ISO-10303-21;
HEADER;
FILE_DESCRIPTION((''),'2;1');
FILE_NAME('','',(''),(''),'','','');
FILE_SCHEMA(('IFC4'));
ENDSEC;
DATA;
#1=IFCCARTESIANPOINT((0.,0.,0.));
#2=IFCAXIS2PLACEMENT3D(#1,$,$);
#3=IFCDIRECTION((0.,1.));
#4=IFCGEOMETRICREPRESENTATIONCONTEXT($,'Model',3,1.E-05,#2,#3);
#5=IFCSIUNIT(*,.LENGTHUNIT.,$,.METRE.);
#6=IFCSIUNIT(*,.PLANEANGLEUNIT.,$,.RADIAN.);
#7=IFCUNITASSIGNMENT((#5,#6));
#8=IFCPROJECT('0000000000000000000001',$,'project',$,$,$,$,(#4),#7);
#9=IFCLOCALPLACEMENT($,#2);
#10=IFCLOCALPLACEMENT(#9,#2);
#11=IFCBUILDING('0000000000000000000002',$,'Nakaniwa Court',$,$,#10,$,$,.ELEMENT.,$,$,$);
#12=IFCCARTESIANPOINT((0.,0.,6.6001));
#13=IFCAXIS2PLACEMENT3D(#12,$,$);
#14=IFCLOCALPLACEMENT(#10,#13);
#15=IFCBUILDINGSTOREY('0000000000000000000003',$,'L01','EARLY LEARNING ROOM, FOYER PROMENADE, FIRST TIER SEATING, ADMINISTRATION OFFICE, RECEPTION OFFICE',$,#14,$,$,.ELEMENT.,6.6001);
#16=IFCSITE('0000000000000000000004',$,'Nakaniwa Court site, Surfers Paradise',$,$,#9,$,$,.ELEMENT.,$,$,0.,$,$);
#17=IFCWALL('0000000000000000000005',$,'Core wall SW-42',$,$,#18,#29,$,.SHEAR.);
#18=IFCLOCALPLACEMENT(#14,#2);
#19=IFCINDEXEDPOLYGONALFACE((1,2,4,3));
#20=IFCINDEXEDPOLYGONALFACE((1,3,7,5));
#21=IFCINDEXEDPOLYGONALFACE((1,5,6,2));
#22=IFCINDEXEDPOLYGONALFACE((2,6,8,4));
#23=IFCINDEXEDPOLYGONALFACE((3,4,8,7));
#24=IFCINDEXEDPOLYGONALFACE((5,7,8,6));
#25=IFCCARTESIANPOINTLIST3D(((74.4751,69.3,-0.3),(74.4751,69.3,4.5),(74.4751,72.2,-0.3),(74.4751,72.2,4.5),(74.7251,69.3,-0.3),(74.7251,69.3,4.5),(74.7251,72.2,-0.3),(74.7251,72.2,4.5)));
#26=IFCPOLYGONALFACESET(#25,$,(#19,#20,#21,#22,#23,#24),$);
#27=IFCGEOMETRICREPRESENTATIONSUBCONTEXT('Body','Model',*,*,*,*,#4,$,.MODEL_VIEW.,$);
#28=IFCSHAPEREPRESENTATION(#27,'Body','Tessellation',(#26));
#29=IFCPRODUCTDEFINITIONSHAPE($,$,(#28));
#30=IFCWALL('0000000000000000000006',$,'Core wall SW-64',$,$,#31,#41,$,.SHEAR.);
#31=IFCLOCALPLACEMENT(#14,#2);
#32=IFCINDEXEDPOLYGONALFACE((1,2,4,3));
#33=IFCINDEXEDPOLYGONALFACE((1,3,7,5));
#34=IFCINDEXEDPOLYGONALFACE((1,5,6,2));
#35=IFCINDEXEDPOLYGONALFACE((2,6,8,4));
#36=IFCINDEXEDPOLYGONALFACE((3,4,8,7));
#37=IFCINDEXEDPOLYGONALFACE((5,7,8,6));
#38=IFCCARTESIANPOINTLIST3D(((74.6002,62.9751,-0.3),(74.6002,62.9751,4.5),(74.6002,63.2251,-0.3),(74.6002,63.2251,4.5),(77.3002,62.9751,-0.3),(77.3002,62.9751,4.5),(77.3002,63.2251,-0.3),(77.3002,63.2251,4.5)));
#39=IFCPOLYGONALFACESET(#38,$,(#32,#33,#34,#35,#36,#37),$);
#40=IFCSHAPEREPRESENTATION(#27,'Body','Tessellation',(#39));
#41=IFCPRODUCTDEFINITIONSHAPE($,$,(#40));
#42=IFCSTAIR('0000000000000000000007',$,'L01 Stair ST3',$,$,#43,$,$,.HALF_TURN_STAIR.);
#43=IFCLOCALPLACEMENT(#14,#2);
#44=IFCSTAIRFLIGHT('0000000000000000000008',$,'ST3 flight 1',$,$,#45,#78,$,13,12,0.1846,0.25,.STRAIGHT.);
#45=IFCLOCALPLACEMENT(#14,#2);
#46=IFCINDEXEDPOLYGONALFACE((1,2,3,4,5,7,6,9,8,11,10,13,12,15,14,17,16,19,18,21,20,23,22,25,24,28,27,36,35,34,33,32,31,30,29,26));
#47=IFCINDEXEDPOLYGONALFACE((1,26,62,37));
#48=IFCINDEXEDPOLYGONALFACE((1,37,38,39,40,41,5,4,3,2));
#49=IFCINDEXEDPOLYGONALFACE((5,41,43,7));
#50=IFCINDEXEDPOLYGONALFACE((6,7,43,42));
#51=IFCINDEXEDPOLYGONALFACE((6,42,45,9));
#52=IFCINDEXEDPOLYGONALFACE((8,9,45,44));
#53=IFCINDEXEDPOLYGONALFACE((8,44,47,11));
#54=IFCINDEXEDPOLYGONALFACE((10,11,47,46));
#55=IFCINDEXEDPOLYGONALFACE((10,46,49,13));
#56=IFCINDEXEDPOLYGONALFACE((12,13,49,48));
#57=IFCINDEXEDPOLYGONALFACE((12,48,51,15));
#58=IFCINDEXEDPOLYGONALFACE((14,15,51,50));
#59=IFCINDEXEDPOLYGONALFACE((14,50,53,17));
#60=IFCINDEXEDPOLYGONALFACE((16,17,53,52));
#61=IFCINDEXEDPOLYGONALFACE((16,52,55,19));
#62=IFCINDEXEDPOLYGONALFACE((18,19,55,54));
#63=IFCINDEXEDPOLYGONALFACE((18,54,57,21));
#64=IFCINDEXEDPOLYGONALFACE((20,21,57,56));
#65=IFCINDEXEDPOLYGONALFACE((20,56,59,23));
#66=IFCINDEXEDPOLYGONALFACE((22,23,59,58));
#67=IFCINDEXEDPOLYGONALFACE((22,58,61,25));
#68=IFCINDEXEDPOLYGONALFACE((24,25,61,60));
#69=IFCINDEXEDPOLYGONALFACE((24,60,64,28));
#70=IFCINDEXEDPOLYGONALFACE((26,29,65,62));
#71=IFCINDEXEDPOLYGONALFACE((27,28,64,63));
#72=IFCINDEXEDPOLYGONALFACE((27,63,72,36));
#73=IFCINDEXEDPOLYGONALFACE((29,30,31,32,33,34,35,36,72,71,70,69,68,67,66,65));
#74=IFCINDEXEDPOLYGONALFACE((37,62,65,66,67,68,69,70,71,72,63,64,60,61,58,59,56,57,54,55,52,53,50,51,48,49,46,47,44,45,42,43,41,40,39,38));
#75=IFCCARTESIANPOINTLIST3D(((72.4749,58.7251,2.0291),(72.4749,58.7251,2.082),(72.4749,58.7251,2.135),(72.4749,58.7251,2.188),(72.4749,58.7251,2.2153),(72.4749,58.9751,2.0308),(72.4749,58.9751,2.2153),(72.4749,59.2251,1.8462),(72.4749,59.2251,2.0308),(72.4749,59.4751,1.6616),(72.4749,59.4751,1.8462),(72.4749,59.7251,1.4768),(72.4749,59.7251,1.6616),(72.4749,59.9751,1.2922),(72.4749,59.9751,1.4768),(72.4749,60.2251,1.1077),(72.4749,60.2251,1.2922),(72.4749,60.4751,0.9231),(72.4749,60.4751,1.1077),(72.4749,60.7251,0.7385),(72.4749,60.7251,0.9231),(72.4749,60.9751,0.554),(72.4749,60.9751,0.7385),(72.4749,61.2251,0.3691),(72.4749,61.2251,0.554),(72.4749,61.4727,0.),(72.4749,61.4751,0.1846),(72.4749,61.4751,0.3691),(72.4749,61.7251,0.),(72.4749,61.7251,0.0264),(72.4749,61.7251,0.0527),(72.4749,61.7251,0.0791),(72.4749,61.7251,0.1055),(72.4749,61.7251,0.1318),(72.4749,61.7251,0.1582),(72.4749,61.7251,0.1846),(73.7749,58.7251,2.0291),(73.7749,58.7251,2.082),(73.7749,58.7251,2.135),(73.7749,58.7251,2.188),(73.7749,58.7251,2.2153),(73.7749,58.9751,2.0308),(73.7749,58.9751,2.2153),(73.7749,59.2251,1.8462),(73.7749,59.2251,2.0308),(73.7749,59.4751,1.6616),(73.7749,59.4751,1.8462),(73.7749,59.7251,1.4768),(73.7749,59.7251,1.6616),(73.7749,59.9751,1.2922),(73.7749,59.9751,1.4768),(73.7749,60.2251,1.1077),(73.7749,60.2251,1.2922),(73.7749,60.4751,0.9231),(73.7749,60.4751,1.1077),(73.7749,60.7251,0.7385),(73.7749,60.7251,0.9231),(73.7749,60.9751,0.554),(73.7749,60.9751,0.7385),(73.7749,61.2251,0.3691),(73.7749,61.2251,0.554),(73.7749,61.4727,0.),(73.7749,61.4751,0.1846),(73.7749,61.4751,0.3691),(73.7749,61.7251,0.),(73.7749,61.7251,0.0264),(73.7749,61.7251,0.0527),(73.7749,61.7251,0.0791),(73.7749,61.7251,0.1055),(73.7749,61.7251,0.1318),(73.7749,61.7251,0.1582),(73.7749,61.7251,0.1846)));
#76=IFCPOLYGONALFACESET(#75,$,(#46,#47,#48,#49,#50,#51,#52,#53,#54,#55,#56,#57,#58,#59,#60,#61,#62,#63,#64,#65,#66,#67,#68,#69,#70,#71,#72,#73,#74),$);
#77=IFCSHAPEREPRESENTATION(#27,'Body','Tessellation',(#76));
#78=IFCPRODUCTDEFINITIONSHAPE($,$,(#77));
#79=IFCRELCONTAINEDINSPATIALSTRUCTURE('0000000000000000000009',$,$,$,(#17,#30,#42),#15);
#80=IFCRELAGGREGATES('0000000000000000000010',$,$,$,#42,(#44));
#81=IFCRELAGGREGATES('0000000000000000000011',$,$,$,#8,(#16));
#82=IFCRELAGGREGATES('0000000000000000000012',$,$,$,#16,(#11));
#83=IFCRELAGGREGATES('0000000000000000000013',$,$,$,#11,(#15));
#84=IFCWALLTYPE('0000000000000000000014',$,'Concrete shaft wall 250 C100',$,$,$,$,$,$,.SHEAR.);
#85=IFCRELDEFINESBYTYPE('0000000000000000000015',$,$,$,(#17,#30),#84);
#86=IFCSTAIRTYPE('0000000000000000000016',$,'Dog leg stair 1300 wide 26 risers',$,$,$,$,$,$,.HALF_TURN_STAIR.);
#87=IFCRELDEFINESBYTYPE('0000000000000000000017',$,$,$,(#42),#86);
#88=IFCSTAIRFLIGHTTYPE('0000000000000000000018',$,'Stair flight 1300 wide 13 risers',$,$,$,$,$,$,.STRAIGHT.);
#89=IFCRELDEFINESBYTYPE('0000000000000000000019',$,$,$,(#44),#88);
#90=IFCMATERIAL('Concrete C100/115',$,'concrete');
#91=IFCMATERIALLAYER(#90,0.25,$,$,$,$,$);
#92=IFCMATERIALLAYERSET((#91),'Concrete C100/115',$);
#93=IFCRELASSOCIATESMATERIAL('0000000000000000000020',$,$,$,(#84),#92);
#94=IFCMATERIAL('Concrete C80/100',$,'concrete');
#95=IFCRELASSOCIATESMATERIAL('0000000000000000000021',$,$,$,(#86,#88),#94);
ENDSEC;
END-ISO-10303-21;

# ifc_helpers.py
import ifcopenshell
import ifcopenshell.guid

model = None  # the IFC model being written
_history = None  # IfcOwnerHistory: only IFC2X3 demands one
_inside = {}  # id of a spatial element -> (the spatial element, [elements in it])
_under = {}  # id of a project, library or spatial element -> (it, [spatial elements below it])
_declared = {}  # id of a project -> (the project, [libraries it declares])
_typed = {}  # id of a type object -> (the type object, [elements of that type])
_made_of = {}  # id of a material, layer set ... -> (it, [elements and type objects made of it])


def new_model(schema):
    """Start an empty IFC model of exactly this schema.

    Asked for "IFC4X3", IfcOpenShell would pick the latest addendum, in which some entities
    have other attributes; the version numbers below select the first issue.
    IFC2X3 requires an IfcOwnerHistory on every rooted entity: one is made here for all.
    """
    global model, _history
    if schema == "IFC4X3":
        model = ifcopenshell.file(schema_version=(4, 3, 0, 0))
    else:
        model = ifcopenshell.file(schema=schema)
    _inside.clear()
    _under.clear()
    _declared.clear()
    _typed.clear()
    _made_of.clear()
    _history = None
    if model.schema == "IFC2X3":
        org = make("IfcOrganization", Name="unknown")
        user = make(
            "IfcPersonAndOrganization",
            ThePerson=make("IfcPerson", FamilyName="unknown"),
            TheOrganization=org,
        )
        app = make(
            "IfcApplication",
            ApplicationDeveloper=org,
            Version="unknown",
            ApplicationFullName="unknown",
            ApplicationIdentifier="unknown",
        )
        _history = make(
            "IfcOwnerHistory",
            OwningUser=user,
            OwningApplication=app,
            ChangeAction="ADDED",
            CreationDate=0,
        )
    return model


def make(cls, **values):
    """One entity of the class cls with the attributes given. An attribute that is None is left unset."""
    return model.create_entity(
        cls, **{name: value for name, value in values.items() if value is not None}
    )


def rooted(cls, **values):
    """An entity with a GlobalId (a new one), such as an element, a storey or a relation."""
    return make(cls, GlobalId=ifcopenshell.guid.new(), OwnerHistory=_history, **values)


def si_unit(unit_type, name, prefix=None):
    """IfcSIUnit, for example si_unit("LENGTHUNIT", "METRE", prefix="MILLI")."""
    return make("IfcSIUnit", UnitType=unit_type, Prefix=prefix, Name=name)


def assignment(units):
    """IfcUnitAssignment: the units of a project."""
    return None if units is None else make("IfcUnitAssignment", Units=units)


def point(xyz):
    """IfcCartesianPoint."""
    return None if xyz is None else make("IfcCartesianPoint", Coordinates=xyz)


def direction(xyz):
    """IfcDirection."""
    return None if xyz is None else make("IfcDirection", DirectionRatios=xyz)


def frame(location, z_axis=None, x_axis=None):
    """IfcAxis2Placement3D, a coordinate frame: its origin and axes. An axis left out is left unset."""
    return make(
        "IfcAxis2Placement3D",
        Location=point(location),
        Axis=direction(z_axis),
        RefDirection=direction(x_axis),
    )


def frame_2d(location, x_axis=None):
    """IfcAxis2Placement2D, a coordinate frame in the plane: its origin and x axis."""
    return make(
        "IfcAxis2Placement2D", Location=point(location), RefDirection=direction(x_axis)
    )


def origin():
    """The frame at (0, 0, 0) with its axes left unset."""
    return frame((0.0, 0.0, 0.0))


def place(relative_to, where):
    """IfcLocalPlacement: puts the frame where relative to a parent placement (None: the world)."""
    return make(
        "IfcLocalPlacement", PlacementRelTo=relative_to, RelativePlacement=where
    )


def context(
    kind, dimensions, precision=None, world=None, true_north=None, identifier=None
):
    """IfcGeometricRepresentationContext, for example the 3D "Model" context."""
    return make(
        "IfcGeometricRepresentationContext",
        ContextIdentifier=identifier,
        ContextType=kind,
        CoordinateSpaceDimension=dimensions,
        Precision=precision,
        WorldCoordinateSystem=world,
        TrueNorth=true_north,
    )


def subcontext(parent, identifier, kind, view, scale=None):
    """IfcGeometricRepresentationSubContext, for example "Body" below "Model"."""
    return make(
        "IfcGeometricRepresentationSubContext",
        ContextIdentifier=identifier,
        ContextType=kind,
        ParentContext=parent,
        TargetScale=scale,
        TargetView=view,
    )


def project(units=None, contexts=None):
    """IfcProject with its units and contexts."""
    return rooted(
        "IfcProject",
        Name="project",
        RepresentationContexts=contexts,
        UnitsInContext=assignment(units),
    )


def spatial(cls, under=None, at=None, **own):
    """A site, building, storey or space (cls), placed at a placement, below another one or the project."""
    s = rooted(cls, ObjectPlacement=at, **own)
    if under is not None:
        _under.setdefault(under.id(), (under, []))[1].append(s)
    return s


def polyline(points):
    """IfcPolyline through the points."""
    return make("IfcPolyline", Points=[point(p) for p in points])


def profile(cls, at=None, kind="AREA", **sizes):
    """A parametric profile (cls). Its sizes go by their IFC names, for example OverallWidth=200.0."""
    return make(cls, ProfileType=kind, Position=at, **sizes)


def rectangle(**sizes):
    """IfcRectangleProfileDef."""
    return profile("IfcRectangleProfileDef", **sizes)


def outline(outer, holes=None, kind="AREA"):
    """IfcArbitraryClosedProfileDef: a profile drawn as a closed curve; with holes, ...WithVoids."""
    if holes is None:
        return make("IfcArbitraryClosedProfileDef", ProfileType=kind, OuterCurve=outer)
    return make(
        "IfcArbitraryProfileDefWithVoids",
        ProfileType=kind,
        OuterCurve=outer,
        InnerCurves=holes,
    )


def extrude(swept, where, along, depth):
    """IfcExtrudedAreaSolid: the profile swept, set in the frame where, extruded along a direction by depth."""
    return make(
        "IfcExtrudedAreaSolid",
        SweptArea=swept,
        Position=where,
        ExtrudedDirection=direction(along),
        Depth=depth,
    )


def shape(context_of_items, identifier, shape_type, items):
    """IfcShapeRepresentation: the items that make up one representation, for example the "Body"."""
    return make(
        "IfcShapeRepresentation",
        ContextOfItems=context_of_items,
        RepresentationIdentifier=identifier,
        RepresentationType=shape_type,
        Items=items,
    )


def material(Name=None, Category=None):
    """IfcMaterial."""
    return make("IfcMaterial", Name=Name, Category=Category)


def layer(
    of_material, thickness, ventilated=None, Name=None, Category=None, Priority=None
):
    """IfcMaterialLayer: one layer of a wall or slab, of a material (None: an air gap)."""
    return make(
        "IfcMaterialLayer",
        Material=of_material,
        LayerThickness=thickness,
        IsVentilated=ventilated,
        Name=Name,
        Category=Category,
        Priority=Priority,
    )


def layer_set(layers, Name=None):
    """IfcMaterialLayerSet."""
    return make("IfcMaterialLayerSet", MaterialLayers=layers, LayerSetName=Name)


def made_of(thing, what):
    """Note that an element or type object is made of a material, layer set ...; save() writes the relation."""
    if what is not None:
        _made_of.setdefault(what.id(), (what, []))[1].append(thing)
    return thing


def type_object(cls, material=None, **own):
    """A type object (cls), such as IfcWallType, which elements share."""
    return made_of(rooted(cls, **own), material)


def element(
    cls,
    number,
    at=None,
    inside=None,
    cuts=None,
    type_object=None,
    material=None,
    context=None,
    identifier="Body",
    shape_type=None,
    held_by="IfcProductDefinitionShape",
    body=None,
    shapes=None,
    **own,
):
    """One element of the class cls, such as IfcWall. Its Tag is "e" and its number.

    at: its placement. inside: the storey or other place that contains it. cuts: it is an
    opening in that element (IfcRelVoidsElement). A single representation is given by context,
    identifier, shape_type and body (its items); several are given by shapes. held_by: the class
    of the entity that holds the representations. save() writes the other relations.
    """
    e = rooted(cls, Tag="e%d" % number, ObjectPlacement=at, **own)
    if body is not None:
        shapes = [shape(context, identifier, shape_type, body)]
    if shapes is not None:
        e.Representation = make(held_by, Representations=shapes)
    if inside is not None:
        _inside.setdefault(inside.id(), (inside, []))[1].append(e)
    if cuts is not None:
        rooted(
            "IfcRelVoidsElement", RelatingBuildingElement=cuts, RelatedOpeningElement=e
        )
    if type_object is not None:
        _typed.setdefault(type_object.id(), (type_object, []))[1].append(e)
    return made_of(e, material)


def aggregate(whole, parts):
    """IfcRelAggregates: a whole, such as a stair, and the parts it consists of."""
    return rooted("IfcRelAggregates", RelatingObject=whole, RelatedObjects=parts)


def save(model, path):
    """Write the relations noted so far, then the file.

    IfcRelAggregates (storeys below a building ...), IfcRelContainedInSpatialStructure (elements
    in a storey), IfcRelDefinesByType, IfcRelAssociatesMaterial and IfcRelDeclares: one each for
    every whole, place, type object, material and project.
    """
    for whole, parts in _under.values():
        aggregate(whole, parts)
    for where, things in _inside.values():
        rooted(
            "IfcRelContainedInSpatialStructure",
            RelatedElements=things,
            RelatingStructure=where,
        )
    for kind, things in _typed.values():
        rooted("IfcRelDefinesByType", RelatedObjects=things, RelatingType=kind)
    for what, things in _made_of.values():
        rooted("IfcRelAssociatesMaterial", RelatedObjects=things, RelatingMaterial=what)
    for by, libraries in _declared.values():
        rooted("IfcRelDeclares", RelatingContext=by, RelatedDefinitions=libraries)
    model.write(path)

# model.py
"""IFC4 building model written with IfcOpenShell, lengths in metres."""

from ifc_helpers import new_model, si_unit, direction, frame, frame_2d, origin, place, context, subcontext, project, spatial, polyline, rectangle, outline, extrude, material, layer, layer_set, type_object, element, aggregate, save


model = new_model("IFC4")

# Units and contexts
model_context = context("Model", 3, precision=1e-05, world=origin(), true_north=direction((0.0, 1.0)))
body_context = subcontext(model_context, "Body", "Model", "MODEL_VIEW")
ifc_project = project(units=[si_unit("LENGTHUNIT", "METRE"), si_unit("PLANEANGLEUNIT", "RADIAN")], contexts=[model_context])

# Site, building, storey
site_placement = place(None, origin())
site = spatial("IfcSite", under=ifc_project, at=site_placement, Name="Nakaniwa Court site, Surfers Paradise", CompositionType="ELEMENT", RefElevation=0.0)
building_placement = place(site_placement, origin())
building = spatial("IfcBuilding", under=site, at=building_placement, Name="Nakaniwa Court", CompositionType="ELEMENT")
storey_placement = place(building_placement, frame((0.0, 0.0, 6.6001)))
storey = spatial("IfcBuildingStorey", under=building, at=storey_placement, Name="L01", Description="EARLY LEARNING ROOM, FOYER PROMENADE, FIRST TIER SEATING, ADMINISTRATION OFFICE, RECEPTION OFFICE", CompositionType="ELEMENT", Elevation=6.6001)

# Shared definitions
ifc_material_1 = material(Name="Concrete C100/115", Category="concrete")

# Walls
ifc_layer_1 = layer(ifc_material_1, 0.25)
ifc_layer_set_1 = layer_set([ifc_layer_1], Name="Concrete C100/115")
wall_type_1 = type_object("IfcWallType", Name="Concrete shaft wall 250 C100", PredefinedType="SHEAR", material=ifc_layer_set_1)
wall_1_placement = place(storey_placement, frame((74.6001, 69.3, -0.3), z_axis=(0.0, 0.0, 1.0), x_axis=(0.0, 1.0, 0.0)))
element("IfcWall", 1, at=wall_1_placement, inside=storey, type_object=wall_type_1, Name="Core wall SW-42", PredefinedType="SHEAR", context=body_context, shape_type="SweptSolid", body=[
    extrude(rectangle(XDim=2.8999, YDim=0.25, at=frame_2d((1.45, 0.0))), origin(), (0.0, 0.0, 1.0), 4.8),
])
wall_2_placement = place(storey_placement, frame((74.6001, 63.1001, -0.3), z_axis=(0.0, 0.0, 1.0), x_axis=(1.0, 0.0, 0.0)))
element("IfcWall", 2, at=wall_2_placement, inside=storey, type_object=wall_type_1, Name="Core wall SW-64", PredefinedType="SHEAR", context=body_context, shape_type="SweptSolid", body=[
    extrude(rectangle(XDim=2.7, YDim=0.25, at=frame_2d((1.3501, 0.0))), origin(), (0.0, 0.0, 1.0), 4.8),
])

# Stair, stair flight
ifc_material_2 = material(Name="Concrete C80/100", Category="concrete")
stair_type = type_object("IfcStairType", Name="Dog leg stair 1300 wide 26 risers", PredefinedType="HALF_TURN_STAIR", material=ifc_material_2)
stair_placement = place(storey_placement, origin())
stair = element("IfcStair", 3, at=stair_placement, inside=storey, type_object=stair_type, Name="L01 Stair ST3", PredefinedType="HALF_TURN_STAIR")
stair_flight_type = type_object("IfcStairFlightType", Name="Stair flight 1300 wide 13 risers", PredefinedType="STRAIGHT", material=ifc_material_2)
stair_flight_placement = place(storey_placement, frame((73.125, 61.7251, 0.0), z_axis=(0.0, 0.0, 1.0), x_axis=(0.0, -1.0, 0.0)))
stair_flight = element("IfcStairFlight", 4, at=stair_flight_placement, type_object=stair_flight_type, Name="ST3 flight 1", NumberOfRisers=13, NumberOfTreads=12, PredefinedType="STRAIGHT", RiserHeight=0.1846, TreadLength=0.25, context=body_context, shape_type="SweptSolid", body=[
    extrude(outline(polyline([(0.0, 0.0), (0.0, 0.0264), (0.0, 0.0527), (0.0, 0.0791), (0.0, 0.1055), (0.0, 0.1318), (0.0, 0.1582), (0.0, 0.1846), (0.25, 0.1846), (0.25, 0.3691), (0.5, 0.3691), (0.5, 0.554), (0.75, 0.554), (0.75, 0.7385), (1.0, 0.7385), (1.0, 0.9231), (1.25, 0.9231), (1.25, 1.1077), (1.5, 1.1077), (1.5, 1.2922), (1.75, 1.2922), (1.75, 1.4768), (2.0, 1.4768), (2.0, 1.6616), (2.25, 1.6616), (2.25, 1.8462), (2.5, 1.8462), (2.5, 2.0308), (2.75, 2.0308), (2.75, 2.2153), (3.0, 2.2153), (3.0, 2.3999), (3.0, 2.3469), (3.0, 2.2939), (3.0, 2.241), (3.0, 2.188), (3.0, 2.135), (3.0, 2.082), (3.0, 2.0291), (0.2524, 0.0), (0.0, 0.0)])), frame((0.0, 0.6499, 0.0), z_axis=(0.0, -1.0, 0.0), x_axis=(1.0, 0.0, 0.0)), (0.0, 0.0, 1.0), 1.3),
])
aggregate(stair, [stair_flight])

save(model, "model.ifc")
